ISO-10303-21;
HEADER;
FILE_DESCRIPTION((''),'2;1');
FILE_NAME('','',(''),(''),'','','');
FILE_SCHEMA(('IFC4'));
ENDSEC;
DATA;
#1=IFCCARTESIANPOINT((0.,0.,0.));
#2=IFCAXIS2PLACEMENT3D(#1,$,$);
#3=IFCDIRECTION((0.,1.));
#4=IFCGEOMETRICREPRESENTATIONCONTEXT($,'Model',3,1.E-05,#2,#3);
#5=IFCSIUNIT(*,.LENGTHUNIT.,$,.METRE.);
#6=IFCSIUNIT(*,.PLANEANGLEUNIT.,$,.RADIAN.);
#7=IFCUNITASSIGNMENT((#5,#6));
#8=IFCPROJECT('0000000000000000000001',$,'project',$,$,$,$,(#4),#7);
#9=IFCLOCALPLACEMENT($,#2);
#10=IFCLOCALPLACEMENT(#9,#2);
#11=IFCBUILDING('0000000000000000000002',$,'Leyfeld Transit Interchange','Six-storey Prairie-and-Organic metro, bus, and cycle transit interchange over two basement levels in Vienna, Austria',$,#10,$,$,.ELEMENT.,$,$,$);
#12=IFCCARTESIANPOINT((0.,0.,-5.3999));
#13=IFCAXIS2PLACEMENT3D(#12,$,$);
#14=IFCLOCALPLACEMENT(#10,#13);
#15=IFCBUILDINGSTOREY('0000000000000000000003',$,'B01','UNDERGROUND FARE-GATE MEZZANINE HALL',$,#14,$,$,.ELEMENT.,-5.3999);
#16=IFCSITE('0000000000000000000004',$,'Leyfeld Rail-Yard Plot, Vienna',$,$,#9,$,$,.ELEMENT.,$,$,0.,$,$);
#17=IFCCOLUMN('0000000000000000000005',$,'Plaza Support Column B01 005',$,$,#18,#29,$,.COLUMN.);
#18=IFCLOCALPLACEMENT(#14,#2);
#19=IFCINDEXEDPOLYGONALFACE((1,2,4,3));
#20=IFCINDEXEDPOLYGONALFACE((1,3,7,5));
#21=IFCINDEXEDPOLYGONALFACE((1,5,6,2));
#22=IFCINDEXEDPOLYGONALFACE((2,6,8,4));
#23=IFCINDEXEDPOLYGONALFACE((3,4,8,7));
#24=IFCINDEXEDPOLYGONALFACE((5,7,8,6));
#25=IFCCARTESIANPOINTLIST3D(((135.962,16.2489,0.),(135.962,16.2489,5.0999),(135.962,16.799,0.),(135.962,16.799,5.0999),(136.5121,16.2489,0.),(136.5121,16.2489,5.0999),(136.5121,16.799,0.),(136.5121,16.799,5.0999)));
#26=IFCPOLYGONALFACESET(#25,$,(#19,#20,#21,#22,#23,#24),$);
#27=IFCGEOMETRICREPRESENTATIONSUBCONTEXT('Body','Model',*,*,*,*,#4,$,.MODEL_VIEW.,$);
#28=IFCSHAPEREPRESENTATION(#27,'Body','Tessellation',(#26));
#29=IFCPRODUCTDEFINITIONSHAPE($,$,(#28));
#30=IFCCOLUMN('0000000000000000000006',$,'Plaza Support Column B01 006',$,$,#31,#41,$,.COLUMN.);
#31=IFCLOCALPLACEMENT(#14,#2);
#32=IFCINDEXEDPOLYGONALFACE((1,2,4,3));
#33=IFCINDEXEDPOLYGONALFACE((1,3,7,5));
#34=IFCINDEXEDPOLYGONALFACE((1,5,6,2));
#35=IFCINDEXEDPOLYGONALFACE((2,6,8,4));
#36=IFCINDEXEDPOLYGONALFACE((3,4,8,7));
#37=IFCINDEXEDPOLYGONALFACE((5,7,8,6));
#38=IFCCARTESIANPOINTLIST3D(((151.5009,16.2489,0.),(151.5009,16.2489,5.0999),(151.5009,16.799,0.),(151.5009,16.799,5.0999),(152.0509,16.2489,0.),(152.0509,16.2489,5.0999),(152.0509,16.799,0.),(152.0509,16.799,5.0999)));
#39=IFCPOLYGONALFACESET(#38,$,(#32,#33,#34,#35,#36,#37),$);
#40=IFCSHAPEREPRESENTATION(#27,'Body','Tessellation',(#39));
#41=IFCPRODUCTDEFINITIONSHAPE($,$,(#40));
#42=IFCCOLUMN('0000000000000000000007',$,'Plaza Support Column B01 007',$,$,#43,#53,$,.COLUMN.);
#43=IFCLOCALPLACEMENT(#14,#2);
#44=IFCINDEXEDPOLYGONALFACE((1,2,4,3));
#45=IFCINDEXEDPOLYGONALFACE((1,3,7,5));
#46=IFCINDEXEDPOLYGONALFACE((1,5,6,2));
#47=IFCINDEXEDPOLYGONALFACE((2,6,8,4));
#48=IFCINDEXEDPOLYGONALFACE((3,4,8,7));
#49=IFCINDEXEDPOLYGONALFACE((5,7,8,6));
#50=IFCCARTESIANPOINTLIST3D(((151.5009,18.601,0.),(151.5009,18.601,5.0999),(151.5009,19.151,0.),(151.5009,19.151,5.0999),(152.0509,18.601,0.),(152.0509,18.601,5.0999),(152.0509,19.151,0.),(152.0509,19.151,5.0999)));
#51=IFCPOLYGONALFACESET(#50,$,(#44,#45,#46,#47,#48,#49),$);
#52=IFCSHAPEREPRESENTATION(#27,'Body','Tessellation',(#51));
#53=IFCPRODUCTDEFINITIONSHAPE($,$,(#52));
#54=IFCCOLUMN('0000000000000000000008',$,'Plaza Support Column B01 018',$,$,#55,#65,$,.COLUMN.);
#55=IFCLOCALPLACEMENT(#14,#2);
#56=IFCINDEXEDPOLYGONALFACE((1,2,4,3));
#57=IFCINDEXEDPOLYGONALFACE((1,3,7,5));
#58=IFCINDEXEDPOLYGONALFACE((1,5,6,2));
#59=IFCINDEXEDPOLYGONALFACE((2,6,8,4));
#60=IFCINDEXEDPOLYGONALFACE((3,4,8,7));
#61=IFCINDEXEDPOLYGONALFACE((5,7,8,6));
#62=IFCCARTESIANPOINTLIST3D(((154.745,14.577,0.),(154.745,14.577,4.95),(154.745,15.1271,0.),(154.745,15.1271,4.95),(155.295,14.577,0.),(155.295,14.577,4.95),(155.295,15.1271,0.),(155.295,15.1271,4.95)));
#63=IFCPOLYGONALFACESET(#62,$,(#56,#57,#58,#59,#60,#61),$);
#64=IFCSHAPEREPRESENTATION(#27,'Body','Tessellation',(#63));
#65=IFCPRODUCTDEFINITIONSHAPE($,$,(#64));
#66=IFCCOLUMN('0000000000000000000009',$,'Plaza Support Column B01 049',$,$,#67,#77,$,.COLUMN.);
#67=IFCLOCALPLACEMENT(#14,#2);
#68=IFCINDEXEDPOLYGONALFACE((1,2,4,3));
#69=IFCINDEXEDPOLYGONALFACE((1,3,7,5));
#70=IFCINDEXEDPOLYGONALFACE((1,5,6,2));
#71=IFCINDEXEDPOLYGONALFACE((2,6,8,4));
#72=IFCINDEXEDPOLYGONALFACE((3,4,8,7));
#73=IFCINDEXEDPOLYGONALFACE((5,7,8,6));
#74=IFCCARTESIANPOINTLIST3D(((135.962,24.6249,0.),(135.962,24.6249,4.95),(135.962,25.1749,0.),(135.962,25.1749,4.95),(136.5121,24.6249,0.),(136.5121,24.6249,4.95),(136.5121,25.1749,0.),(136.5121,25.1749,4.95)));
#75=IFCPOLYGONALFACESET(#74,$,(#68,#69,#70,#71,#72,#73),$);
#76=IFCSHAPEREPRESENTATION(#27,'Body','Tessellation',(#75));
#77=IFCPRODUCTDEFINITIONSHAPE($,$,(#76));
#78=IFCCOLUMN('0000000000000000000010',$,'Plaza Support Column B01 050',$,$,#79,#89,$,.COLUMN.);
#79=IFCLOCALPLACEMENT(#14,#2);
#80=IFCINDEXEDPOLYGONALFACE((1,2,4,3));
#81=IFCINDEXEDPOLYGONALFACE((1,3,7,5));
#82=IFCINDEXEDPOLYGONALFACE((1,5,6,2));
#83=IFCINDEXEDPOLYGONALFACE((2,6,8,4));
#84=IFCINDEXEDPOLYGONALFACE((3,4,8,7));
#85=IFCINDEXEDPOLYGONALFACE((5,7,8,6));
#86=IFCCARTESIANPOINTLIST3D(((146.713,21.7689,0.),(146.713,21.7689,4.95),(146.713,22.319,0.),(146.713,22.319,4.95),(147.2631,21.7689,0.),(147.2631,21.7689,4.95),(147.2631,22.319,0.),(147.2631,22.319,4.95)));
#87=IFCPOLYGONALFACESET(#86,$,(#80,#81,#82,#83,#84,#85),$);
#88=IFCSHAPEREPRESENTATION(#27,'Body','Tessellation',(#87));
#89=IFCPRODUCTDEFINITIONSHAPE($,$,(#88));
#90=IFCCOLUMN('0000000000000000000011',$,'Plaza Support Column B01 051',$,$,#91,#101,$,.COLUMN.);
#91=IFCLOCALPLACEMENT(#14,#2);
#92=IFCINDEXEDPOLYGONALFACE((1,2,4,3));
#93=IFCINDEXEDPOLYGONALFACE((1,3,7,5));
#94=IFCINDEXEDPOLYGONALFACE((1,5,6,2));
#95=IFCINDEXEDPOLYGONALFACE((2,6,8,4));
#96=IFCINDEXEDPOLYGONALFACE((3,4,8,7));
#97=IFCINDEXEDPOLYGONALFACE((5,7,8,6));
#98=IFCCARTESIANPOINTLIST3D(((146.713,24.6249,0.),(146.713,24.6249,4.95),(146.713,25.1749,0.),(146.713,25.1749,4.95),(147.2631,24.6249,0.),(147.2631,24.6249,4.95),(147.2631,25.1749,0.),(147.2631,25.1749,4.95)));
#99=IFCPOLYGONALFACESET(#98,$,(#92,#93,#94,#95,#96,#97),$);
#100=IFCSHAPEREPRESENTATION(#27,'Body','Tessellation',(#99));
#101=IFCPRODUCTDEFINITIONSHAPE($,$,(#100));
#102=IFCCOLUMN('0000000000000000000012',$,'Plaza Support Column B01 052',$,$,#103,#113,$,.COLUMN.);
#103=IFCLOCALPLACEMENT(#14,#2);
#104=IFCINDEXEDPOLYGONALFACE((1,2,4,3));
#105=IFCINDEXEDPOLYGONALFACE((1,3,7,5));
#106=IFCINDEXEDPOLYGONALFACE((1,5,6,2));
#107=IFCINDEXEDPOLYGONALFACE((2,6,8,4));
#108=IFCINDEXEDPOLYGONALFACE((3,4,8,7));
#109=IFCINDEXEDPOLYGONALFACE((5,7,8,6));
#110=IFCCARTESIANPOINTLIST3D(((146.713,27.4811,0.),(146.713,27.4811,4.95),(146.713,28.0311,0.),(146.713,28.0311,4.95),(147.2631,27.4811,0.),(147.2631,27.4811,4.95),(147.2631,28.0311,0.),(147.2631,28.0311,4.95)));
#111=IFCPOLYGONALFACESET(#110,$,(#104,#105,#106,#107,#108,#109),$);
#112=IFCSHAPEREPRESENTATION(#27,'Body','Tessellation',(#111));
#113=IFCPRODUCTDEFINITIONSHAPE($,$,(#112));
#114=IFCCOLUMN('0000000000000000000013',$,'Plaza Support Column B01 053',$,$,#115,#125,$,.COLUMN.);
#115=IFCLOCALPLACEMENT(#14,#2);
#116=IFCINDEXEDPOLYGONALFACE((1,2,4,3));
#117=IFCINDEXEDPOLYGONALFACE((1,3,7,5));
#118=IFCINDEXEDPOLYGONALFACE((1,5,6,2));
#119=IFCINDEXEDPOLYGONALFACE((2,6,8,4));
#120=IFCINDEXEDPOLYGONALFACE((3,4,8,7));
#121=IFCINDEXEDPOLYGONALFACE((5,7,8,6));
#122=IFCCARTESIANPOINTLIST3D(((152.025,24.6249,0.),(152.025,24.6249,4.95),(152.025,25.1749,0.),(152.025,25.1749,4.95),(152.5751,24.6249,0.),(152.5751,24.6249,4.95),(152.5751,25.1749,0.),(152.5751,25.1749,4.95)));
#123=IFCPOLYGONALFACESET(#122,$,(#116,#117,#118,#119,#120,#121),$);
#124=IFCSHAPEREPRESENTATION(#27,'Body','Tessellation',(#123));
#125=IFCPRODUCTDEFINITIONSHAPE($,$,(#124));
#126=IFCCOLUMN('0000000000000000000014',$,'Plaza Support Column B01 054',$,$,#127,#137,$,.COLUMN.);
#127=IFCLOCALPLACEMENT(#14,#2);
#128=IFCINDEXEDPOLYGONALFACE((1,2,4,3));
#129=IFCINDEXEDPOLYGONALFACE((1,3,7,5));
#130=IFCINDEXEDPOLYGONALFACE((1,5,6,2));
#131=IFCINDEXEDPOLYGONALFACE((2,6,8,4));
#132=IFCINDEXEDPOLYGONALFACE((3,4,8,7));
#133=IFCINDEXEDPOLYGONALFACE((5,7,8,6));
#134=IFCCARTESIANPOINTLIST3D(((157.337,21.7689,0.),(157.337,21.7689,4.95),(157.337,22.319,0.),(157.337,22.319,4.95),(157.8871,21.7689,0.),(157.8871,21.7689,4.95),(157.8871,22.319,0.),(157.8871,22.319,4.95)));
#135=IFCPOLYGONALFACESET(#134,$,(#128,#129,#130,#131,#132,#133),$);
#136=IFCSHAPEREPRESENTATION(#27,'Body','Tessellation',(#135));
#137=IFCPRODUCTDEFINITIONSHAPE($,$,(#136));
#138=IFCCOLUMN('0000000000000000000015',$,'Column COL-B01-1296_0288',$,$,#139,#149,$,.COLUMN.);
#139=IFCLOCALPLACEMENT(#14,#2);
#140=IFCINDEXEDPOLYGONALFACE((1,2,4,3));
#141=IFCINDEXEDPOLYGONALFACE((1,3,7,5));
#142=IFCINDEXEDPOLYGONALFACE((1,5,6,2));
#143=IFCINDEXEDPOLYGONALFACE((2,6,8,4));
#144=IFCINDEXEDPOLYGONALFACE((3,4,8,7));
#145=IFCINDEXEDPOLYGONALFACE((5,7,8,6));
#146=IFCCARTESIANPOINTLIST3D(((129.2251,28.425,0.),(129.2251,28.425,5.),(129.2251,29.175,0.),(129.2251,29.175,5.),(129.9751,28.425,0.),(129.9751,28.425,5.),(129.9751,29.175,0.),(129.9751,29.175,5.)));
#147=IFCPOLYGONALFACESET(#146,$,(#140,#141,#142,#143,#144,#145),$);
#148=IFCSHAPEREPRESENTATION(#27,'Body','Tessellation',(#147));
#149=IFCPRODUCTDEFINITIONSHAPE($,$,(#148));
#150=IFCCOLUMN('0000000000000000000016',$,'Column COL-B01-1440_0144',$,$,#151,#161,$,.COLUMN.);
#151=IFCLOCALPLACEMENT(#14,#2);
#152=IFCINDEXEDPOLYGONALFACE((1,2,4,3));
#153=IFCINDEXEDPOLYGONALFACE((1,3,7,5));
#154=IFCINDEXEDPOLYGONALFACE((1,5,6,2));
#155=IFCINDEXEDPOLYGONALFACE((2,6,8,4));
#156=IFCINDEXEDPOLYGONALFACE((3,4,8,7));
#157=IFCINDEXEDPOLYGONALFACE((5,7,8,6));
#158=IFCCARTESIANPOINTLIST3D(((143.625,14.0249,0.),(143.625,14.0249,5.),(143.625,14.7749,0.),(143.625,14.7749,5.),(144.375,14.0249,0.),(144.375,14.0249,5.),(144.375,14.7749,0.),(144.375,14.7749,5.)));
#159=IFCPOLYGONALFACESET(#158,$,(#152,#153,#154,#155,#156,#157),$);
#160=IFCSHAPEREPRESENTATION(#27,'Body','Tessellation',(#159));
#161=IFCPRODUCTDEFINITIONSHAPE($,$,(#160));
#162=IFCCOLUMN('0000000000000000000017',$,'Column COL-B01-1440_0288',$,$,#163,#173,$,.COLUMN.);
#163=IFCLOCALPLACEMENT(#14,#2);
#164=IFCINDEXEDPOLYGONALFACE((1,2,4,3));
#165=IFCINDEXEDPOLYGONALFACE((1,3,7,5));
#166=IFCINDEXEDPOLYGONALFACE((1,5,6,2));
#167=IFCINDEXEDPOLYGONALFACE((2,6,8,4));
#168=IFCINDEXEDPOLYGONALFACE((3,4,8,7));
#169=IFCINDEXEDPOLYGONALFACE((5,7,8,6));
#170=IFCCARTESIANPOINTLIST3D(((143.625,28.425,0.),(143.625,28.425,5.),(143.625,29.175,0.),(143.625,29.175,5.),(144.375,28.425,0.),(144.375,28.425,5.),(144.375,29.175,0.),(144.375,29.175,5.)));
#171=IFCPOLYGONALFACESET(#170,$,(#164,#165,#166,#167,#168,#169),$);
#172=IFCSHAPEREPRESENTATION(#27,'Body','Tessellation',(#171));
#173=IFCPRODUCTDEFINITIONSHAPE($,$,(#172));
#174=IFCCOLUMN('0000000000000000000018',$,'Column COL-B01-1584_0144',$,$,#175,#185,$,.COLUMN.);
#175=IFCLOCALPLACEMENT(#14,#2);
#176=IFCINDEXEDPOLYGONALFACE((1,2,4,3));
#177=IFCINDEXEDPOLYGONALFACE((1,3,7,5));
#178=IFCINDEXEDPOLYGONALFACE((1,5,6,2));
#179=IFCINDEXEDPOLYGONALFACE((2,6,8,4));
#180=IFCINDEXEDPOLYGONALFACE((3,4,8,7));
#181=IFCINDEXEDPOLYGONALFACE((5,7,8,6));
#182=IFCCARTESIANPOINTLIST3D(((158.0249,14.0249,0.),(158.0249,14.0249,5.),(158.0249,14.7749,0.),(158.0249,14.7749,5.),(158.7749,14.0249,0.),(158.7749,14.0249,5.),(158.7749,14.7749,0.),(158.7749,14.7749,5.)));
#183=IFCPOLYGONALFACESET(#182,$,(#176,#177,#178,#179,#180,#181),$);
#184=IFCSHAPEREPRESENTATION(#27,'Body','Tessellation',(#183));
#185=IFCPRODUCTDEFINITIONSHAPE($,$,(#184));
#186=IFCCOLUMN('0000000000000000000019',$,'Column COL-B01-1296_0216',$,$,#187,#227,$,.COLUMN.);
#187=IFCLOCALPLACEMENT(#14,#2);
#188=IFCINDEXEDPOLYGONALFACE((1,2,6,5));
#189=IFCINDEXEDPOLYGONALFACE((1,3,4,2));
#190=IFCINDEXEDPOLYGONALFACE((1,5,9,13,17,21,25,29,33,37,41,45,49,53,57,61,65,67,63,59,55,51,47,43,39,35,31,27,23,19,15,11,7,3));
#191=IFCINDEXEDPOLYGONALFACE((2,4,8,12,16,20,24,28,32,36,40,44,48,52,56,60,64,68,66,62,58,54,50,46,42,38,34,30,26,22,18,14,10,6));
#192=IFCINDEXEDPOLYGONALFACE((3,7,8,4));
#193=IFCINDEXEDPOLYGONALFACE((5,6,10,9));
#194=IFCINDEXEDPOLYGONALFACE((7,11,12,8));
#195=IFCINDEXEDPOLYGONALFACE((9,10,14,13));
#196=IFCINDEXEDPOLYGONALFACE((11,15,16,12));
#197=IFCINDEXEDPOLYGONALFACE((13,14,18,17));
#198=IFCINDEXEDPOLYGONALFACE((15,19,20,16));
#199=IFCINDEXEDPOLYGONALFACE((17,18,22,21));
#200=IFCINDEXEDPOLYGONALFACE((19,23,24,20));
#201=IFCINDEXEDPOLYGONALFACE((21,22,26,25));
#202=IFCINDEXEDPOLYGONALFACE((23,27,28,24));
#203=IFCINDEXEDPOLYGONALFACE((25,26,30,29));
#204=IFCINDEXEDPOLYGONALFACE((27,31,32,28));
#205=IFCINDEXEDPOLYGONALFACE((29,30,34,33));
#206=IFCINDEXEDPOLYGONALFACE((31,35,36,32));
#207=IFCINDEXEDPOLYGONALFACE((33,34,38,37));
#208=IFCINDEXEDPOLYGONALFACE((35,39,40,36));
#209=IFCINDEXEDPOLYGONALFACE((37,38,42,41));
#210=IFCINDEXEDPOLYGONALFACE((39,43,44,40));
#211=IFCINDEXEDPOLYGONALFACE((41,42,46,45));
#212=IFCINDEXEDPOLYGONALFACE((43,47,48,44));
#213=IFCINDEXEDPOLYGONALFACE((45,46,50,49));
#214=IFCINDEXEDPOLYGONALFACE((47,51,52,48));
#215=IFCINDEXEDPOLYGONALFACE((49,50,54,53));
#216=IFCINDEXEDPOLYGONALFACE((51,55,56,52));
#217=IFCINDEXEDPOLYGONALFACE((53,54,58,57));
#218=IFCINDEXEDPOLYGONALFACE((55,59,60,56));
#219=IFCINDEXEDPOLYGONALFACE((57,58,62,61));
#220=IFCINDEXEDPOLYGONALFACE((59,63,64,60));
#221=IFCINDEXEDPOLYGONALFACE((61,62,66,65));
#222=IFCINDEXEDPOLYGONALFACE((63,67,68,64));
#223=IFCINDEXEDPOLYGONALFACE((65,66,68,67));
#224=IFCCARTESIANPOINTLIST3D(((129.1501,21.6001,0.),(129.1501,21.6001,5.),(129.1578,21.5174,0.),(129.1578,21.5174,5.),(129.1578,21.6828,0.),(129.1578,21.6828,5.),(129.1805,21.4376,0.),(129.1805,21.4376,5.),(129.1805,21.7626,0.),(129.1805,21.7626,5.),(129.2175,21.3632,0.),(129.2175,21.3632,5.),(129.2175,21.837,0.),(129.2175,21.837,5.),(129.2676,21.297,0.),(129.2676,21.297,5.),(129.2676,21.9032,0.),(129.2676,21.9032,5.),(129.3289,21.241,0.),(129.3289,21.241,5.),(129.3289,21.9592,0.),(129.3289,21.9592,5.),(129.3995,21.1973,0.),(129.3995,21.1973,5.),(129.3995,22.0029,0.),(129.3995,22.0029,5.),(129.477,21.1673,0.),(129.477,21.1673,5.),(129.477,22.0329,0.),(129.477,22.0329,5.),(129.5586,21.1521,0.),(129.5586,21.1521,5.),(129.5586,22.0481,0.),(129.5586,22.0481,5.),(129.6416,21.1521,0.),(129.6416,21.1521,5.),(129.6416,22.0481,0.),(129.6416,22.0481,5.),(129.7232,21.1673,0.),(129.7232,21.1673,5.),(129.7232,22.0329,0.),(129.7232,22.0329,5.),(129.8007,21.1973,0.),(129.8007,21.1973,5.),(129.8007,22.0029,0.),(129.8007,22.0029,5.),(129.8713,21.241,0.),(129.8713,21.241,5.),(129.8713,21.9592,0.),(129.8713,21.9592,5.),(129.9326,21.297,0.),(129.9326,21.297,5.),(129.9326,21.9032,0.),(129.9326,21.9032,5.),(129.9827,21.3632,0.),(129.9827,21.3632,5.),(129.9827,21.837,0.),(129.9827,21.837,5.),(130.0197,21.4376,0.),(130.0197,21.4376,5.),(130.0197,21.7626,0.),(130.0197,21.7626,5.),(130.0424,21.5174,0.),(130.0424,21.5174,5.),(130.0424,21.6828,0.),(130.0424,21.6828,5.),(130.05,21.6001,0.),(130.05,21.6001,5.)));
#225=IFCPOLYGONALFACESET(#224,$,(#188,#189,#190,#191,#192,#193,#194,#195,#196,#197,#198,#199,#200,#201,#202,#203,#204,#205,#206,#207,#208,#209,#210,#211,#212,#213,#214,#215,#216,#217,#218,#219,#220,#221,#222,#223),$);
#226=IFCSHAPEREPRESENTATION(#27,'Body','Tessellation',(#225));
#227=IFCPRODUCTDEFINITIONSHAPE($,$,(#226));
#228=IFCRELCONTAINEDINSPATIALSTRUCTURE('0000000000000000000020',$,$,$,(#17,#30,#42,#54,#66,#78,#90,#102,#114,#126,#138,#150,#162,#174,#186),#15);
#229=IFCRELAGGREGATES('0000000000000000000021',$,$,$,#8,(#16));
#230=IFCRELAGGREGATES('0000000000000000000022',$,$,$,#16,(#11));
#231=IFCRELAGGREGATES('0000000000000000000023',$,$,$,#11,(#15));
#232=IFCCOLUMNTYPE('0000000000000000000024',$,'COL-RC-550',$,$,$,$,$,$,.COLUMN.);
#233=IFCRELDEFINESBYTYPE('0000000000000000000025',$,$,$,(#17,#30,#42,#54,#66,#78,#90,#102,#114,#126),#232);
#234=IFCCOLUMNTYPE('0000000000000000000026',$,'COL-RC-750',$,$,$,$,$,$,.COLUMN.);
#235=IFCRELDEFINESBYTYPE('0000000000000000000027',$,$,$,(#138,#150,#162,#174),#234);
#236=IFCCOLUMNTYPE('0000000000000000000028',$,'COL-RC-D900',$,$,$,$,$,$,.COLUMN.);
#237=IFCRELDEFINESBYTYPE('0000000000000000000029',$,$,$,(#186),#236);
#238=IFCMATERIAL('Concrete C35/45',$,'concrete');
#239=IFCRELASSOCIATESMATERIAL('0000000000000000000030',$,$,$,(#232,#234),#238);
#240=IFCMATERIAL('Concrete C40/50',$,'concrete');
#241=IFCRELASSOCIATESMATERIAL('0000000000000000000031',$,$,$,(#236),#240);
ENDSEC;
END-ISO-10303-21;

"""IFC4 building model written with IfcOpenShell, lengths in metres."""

from ifc_helpers import new_model, si_unit, direction, frame, origin, origin_2d, place, context, subcontext, project, spatial, rectangle, circle, extrude, material, material_profile, profile_set, type_object, element, save


model = new_model("IFC4")

# Units and contexts
model_context = context("Model", 3, precision=1e-05, world=origin(), true_north=direction((0.0, 1.0)))
body_context = subcontext(model_context, "Body", "Model", "MODEL_VIEW")
ifc_project = project(units=[si_unit("LENGTHUNIT", "METRE"), si_unit("PLANEANGLEUNIT", "RADIAN")], contexts=[model_context])

# Site, building, storey
site_placement = place(None, origin())
site = spatial("IfcSite", under=ifc_project, at=site_placement, Name="Leyfeld Rail-Yard Plot, Vienna", CompositionType="ELEMENT", RefElevation=0.0)
building_placement = place(site_placement, origin())
building = spatial("IfcBuilding", under=site, at=building_placement, Name="Leyfeld Transit Interchange", Description="Six-storey Prairie-and-Organic metro, bus, and cycle transit interchange over two basement levels in Vienna, Austria", CompositionType="ELEMENT")
storey_placement = place(building_placement, frame((0.0, 0.0, -5.3999)))
storey = spatial("IfcBuildingStorey", under=building, at=storey_placement, Name="B01", Description="UNDERGROUND FARE-GATE MEZZANINE HALL", CompositionType="ELEMENT", Elevation=-5.3999)

# Columns
ifc_material_1 = material(Name="Concrete C35/45", Category="concrete")
ifc_material_profile_1 = material_profile(ifc_material_1, rectangle(XDim=0.55, YDim=0.55, at=origin_2d()), Name="RC 550x550")
ifc_profile_set_1 = profile_set([ifc_material_profile_1], Name="Concrete C35/45")
column_type_1 = type_object("IfcColumnType", Name="COL-RC-550", PredefinedType="COLUMN", material=ifc_profile_set_1)
for number, where, z_axis, x_axis, name in (
    (1, (136.2371, 16.5239, 0.0), (0.0, 0.0, 1.0), (1.0, 0.0, 0.0), "Plaza Support Column B01 005"),
    (2, (151.7759, 16.5239, 0.0), (0.0, 0.0, 1.0), (1.0, 0.0, 0.0), "Plaza Support Column B01 006"),
    (3, (151.7759, 18.876, 0.0), (0.0, 0.0, 1.0), (1.0, 0.0, 0.0), "Plaza Support Column B01 007"),
):
    element("IfcColumn", number, at=place(storey_placement, frame(where, z_axis=z_axis, x_axis=x_axis)), inside=storey, type_object=column_type_1, Name=name, PredefinedType="COLUMN", context=body_context, shape_type="SweptSolid", body=[
        extrude(rectangle(XDim=0.55, YDim=0.55, at=origin_2d()), origin(), (0.0, 0.0, 1.0), 5.0999),
    ])
for number, where, z_axis, x_axis, name in (
    (4, (155.02, 14.8521, 0.0), (0.0, 0.0, 1.0), (1.0, 0.0, 0.0), "Plaza Support Column B01 018"),
    (5, (136.2371, 24.8999, 0.0), (0.0, 0.0, 1.0), (1.0, 0.0, 0.0), "Plaza Support Column B01 049"),
    (6, (146.988, 22.0439, 0.0), (0.0, 0.0, 1.0), (1.0, 0.0, 0.0), "Plaza Support Column B01 050"),
    (7, (146.988, 24.8999, 0.0), (0.0, 0.0, 1.0), (1.0, 0.0, 0.0), "Plaza Support Column B01 051"),
    (8, (146.988, 27.7561, 0.0), (0.0, 0.0, 1.0), (1.0, 0.0, 0.0), "Plaza Support Column B01 052"),
    (9, (152.3, 24.8999, 0.0), (0.0, 0.0, 1.0), (1.0, 0.0, 0.0), "Plaza Support Column B01 053"),
    (10, (157.6121, 22.0439, 0.0), (0.0, 0.0, 1.0), (1.0, 0.0, 0.0), "Plaza Support Column B01 054"),
):
    element("IfcColumn", number, at=place(storey_placement, frame(where, z_axis=z_axis, x_axis=x_axis)), inside=storey, type_object=column_type_1, Name=name, PredefinedType="COLUMN", context=body_context, shape_type="SweptSolid", body=[
        extrude(rectangle(XDim=0.55, YDim=0.55, at=origin_2d()), origin(), (0.0, 0.0, 1.0), 4.95),
    ])
ifc_material_profile_2 = material_profile(ifc_material_1, rectangle(XDim=0.75, YDim=0.75, at=origin_2d()), Name="RC 750x750")
ifc_profile_set_2 = profile_set([ifc_material_profile_2], Name="Concrete C35/45")
column_type_2 = type_object("IfcColumnType", Name="COL-RC-750", PredefinedType="COLUMN", material=ifc_profile_set_2)
for number, where, z_axis, x_axis, name in (
    (11, (129.6001, 28.8, 0.0), (0.0, 0.0, 1.0), (1.0, 0.0, 0.0), "Column COL-B01-1296_0288"),
    (12, (144.0, 14.3999, 0.0), (0.0, 0.0, 1.0), (1.0, 0.0, 0.0), "Column COL-B01-1440_0144"),
    (13, (144.0, 28.8, 0.0), (0.0, 0.0, 1.0), (1.0, 0.0, 0.0), "Column COL-B01-1440_0288"),
    (14, (158.3999, 14.3999, 0.0), (0.0, 0.0, 1.0), (1.0, 0.0, 0.0), "Column COL-B01-1584_0144"),
):
    element("IfcColumn", number, at=place(storey_placement, frame(where, z_axis=z_axis, x_axis=x_axis)), inside=storey, type_object=column_type_2, Name=name, PredefinedType="COLUMN", context=body_context, shape_type="SweptSolid", body=[
        extrude(rectangle(XDim=0.75, YDim=0.75, at=origin_2d()), origin(), (0.0, 0.0, 1.0), 5.0),
    ])
ifc_material_2 = material(Name="Concrete C40/50", Category="concrete")
ifc_material_profile_3 = material_profile(ifc_material_2, circle(Radius=0.45, at=origin_2d()), Name="RC D900")
ifc_profile_set_3 = profile_set([ifc_material_profile_3], Name="Concrete C40/50")
column_type_3 = type_object("IfcColumnType", Name="COL-RC-D900", PredefinedType="COLUMN", material=ifc_profile_set_3)
for number, where, z_axis, x_axis, name in (
    (15, (129.6001, 21.6001, 0.0), (0.0, 0.0, 1.0), (1.0, 0.0, 0.0), "Column COL-B01-1296_0216"),
):
    element("IfcColumn", number, at=place(storey_placement, frame(where, z_axis=z_axis, x_axis=x_axis)), inside=storey, type_object=column_type_3, Name=name, PredefinedType="COLUMN", context=body_context, shape_type="SweptSolid", body=[
        extrude(circle(Radius=0.45, at=origin_2d()), origin(), (0.0, 0.0, 1.0), 5.0),
    ])

save(model, "model.ifc")
